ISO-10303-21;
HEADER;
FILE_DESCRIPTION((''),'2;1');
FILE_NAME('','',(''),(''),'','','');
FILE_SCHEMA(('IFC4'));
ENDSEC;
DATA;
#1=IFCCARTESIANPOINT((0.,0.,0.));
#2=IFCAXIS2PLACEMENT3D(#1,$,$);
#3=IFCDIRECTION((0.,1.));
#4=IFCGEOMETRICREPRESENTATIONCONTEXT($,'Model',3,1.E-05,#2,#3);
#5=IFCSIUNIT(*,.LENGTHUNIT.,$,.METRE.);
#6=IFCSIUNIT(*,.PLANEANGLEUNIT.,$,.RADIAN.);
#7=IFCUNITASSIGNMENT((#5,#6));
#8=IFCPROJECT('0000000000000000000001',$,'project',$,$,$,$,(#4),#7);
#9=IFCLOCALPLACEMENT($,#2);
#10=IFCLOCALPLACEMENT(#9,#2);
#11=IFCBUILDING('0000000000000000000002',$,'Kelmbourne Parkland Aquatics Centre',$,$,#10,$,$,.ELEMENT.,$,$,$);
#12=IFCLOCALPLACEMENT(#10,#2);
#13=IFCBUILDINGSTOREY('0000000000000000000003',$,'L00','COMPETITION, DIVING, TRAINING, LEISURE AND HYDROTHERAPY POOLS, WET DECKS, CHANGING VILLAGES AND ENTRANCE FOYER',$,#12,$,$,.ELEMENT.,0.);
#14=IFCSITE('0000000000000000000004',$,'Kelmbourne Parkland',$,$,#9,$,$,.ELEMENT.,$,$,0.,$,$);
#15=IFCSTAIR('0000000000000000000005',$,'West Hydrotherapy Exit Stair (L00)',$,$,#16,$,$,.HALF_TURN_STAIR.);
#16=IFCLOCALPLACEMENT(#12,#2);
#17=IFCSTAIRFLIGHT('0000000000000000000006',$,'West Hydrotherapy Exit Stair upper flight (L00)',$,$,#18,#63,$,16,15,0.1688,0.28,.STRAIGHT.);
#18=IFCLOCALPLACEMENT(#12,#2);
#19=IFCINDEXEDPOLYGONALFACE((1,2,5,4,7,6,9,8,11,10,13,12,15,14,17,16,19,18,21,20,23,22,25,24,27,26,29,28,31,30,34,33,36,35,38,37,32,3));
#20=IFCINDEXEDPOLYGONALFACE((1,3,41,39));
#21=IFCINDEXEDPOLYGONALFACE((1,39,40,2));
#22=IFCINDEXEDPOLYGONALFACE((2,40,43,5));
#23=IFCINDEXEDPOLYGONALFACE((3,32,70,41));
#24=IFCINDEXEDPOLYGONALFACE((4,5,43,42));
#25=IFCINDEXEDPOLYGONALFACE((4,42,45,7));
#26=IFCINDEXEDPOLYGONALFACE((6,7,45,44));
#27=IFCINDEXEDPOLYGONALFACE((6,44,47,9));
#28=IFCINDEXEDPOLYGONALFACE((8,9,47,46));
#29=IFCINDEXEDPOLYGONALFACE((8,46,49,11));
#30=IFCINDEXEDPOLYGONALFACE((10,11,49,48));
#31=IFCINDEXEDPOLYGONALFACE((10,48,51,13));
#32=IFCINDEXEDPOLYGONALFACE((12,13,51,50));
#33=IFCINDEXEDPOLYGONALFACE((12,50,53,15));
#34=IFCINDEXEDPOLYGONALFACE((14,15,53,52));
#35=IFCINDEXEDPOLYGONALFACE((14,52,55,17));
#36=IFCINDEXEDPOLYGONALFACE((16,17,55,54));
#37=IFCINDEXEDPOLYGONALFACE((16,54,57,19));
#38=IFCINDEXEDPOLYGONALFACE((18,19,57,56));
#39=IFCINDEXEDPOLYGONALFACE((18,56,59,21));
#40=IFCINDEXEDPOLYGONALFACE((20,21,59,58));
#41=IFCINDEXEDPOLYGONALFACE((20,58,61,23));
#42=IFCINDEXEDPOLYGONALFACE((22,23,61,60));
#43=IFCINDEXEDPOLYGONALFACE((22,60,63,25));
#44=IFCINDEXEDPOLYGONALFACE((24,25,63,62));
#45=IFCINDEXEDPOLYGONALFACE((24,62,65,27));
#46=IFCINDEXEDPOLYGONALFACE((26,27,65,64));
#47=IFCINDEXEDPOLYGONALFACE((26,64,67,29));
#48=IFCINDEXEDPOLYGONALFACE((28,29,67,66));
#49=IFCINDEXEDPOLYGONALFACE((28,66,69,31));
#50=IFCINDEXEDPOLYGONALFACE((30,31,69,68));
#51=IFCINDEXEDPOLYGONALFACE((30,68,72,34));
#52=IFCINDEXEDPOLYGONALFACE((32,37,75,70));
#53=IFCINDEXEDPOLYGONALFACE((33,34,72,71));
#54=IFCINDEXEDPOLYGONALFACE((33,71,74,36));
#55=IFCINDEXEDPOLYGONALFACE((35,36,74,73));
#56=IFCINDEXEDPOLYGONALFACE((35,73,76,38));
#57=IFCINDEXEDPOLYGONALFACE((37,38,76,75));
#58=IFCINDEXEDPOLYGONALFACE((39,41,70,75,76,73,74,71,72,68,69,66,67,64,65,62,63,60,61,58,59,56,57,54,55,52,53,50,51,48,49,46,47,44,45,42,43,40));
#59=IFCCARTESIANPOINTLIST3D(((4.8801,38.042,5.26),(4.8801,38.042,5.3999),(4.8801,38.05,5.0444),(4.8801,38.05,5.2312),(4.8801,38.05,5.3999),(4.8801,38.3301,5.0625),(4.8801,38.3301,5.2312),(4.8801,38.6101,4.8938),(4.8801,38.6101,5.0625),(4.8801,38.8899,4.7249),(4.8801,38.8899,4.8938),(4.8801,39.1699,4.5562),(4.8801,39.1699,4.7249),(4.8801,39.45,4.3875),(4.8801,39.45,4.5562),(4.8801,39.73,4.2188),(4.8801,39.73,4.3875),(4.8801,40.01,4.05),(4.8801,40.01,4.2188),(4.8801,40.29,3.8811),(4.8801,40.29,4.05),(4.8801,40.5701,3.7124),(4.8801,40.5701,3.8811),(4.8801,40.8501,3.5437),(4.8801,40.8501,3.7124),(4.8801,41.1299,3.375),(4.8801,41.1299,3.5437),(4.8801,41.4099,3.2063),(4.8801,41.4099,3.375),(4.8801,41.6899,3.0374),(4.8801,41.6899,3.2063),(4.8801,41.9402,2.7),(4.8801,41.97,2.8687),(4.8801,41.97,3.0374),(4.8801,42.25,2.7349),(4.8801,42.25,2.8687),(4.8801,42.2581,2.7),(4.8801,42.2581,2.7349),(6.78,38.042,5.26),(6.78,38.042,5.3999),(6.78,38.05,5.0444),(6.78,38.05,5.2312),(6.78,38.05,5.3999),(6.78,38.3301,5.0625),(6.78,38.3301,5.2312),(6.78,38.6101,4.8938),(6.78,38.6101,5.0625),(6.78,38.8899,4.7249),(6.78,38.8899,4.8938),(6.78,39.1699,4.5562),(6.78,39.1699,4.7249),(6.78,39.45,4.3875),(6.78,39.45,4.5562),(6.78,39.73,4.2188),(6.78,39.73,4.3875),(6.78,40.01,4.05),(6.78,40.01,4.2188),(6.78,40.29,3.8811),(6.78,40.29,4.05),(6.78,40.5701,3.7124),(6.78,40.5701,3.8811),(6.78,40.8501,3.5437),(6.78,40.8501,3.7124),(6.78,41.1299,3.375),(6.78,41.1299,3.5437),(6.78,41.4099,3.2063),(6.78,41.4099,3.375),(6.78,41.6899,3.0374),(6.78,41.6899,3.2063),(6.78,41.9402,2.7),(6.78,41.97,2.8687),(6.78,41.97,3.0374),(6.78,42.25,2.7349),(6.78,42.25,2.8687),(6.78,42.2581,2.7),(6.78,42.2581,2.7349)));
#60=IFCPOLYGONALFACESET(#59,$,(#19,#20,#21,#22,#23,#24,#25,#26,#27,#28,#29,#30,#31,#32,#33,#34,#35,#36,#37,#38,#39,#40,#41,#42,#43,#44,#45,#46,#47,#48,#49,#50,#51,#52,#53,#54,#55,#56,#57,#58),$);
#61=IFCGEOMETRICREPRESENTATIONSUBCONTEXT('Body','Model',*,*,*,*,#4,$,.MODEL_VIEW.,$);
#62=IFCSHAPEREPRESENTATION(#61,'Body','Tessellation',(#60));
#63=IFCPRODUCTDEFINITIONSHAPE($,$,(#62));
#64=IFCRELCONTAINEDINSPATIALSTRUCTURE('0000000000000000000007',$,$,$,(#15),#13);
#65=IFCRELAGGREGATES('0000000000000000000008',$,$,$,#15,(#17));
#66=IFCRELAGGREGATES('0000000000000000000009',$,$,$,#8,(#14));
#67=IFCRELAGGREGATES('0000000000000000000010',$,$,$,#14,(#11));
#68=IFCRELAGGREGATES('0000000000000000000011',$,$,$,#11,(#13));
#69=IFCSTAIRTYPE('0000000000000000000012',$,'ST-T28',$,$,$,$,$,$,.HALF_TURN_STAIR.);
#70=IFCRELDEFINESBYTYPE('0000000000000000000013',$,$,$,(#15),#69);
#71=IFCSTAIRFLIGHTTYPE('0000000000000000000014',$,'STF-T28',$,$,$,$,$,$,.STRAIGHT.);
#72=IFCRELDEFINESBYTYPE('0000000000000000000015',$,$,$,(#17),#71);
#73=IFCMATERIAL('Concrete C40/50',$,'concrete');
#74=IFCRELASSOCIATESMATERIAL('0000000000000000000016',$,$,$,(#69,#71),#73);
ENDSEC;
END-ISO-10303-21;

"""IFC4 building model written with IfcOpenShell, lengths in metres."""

from ifc_helpers import new_model, si_unit, direction, frame, origin, place, context, subcontext, project, spatial, polyline, outline, extrude, material, type_object, element, aggregate, save


model = new_model("IFC4")

# Units and contexts
model_context = context("Model", 3, precision=1e-05, world=origin(), true_north=direction((0.0, 1.0)))
body_context = subcontext(model_context, "Body", "Model", "MODEL_VIEW")
ifc_project = project(units=[si_unit("LENGTHUNIT", "METRE"), si_unit("PLANEANGLEUNIT", "RADIAN")], contexts=[model_context])

# Site, building, storey
site_placement = place(None, origin())
site = spatial("IfcSite", under=ifc_project, at=site_placement, Name="Kelmbourne Parkland", CompositionType="ELEMENT", RefElevation=0.0)
building_placement = place(site_placement, origin())
building = spatial("IfcBuilding", under=site, at=building_placement, Name="Kelmbourne Parkland Aquatics Centre", CompositionType="ELEMENT")
storey_placement = place(building_placement, origin())
storey = spatial("IfcBuildingStorey", under=building, at=storey_placement, Name="L00", Description="COMPETITION, DIVING, TRAINING, LEISURE AND HYDROTHERAPY POOLS, WET DECKS, CHANGING VILLAGES AND ENTRANCE FOYER", CompositionType="ELEMENT", Elevation=0.0)

# Shared definitions
ifc_material_1 = material(Name="Concrete C40/50", Category="concrete")

# Stair, stair flight
stair_type = type_object("IfcStairType", Name="ST-T28", PredefinedType="HALF_TURN_STAIR", material=ifc_material_1)
stair_placement = place(storey_placement, origin())
stair = element("IfcStair", 1, at=stair_placement, inside=storey, type_object=stair_type, Name="West Hydrotherapy Exit Stair (L00)", PredefinedType="HALF_TURN_STAIR")
stair_flight_type = type_object("IfcStairFlightType", Name="STF-T28", PredefinedType="STRAIGHT", material=ifc_material_1)
stair_flight_1_placement = place(storey_placement, frame((5.8301, 42.25, 2.7), z_axis=(0.0, 0.0, 1.0), x_axis=(0.0, -1.0, 0.0)))
stair_flight_1 = element("IfcStairFlight", 2, at=stair_flight_1_placement, type_object=stair_flight_type, Name="West Hydrotherapy Exit Stair upper flight (L00)", NumberOfRisers=16, NumberOfTreads=15, PredefinedType="STRAIGHT", RiserHeight=0.1688, TreadLength=0.28, context=body_context, shape_type="SweptSolid", body=[
    extrude(outline(polyline([(-0.0081, 0.0), (-0.0081, 0.0349), (0.0, 0.0349), (0.0, 0.1687), (0.28, 0.1687), (0.28, 0.3374), (0.5601, 0.3374), (0.5601, 0.5063), (0.8401, 0.5063), (0.8401, 0.675), (1.1201, 0.675), (1.1201, 0.8438), (1.3999, 0.8438), (1.3999, 1.0125), (1.6799, 1.0125), (1.6799, 1.1812), (1.96, 1.1812), (1.96, 1.3501), (2.24, 1.3501), (2.24, 1.5188), (2.52, 1.5188), (2.52, 1.6875), (2.8, 1.6875), (2.8, 1.8562), (3.0801, 1.8562), (3.0801, 2.0249), (3.3601, 2.0249), (3.3601, 2.1938), (3.6399, 2.1938), (3.6399, 2.3625), (3.9199, 2.3625), (3.9199, 2.5312), (4.2, 2.5312), (4.2, 2.7), (4.208, 2.7), (4.208, 2.5601), (4.2, 2.3445), (0.3098, 0.0), (-0.0081, 0.0)])), frame((0.0, 0.95, 0.0), z_axis=(0.0, -1.0, 0.0), x_axis=(1.0, 0.0, 0.0)), (0.0, 0.0, 1.0), 1.8999),
])
aggregate(stair, [stair_flight_1])

save(model, "model.ifc")
